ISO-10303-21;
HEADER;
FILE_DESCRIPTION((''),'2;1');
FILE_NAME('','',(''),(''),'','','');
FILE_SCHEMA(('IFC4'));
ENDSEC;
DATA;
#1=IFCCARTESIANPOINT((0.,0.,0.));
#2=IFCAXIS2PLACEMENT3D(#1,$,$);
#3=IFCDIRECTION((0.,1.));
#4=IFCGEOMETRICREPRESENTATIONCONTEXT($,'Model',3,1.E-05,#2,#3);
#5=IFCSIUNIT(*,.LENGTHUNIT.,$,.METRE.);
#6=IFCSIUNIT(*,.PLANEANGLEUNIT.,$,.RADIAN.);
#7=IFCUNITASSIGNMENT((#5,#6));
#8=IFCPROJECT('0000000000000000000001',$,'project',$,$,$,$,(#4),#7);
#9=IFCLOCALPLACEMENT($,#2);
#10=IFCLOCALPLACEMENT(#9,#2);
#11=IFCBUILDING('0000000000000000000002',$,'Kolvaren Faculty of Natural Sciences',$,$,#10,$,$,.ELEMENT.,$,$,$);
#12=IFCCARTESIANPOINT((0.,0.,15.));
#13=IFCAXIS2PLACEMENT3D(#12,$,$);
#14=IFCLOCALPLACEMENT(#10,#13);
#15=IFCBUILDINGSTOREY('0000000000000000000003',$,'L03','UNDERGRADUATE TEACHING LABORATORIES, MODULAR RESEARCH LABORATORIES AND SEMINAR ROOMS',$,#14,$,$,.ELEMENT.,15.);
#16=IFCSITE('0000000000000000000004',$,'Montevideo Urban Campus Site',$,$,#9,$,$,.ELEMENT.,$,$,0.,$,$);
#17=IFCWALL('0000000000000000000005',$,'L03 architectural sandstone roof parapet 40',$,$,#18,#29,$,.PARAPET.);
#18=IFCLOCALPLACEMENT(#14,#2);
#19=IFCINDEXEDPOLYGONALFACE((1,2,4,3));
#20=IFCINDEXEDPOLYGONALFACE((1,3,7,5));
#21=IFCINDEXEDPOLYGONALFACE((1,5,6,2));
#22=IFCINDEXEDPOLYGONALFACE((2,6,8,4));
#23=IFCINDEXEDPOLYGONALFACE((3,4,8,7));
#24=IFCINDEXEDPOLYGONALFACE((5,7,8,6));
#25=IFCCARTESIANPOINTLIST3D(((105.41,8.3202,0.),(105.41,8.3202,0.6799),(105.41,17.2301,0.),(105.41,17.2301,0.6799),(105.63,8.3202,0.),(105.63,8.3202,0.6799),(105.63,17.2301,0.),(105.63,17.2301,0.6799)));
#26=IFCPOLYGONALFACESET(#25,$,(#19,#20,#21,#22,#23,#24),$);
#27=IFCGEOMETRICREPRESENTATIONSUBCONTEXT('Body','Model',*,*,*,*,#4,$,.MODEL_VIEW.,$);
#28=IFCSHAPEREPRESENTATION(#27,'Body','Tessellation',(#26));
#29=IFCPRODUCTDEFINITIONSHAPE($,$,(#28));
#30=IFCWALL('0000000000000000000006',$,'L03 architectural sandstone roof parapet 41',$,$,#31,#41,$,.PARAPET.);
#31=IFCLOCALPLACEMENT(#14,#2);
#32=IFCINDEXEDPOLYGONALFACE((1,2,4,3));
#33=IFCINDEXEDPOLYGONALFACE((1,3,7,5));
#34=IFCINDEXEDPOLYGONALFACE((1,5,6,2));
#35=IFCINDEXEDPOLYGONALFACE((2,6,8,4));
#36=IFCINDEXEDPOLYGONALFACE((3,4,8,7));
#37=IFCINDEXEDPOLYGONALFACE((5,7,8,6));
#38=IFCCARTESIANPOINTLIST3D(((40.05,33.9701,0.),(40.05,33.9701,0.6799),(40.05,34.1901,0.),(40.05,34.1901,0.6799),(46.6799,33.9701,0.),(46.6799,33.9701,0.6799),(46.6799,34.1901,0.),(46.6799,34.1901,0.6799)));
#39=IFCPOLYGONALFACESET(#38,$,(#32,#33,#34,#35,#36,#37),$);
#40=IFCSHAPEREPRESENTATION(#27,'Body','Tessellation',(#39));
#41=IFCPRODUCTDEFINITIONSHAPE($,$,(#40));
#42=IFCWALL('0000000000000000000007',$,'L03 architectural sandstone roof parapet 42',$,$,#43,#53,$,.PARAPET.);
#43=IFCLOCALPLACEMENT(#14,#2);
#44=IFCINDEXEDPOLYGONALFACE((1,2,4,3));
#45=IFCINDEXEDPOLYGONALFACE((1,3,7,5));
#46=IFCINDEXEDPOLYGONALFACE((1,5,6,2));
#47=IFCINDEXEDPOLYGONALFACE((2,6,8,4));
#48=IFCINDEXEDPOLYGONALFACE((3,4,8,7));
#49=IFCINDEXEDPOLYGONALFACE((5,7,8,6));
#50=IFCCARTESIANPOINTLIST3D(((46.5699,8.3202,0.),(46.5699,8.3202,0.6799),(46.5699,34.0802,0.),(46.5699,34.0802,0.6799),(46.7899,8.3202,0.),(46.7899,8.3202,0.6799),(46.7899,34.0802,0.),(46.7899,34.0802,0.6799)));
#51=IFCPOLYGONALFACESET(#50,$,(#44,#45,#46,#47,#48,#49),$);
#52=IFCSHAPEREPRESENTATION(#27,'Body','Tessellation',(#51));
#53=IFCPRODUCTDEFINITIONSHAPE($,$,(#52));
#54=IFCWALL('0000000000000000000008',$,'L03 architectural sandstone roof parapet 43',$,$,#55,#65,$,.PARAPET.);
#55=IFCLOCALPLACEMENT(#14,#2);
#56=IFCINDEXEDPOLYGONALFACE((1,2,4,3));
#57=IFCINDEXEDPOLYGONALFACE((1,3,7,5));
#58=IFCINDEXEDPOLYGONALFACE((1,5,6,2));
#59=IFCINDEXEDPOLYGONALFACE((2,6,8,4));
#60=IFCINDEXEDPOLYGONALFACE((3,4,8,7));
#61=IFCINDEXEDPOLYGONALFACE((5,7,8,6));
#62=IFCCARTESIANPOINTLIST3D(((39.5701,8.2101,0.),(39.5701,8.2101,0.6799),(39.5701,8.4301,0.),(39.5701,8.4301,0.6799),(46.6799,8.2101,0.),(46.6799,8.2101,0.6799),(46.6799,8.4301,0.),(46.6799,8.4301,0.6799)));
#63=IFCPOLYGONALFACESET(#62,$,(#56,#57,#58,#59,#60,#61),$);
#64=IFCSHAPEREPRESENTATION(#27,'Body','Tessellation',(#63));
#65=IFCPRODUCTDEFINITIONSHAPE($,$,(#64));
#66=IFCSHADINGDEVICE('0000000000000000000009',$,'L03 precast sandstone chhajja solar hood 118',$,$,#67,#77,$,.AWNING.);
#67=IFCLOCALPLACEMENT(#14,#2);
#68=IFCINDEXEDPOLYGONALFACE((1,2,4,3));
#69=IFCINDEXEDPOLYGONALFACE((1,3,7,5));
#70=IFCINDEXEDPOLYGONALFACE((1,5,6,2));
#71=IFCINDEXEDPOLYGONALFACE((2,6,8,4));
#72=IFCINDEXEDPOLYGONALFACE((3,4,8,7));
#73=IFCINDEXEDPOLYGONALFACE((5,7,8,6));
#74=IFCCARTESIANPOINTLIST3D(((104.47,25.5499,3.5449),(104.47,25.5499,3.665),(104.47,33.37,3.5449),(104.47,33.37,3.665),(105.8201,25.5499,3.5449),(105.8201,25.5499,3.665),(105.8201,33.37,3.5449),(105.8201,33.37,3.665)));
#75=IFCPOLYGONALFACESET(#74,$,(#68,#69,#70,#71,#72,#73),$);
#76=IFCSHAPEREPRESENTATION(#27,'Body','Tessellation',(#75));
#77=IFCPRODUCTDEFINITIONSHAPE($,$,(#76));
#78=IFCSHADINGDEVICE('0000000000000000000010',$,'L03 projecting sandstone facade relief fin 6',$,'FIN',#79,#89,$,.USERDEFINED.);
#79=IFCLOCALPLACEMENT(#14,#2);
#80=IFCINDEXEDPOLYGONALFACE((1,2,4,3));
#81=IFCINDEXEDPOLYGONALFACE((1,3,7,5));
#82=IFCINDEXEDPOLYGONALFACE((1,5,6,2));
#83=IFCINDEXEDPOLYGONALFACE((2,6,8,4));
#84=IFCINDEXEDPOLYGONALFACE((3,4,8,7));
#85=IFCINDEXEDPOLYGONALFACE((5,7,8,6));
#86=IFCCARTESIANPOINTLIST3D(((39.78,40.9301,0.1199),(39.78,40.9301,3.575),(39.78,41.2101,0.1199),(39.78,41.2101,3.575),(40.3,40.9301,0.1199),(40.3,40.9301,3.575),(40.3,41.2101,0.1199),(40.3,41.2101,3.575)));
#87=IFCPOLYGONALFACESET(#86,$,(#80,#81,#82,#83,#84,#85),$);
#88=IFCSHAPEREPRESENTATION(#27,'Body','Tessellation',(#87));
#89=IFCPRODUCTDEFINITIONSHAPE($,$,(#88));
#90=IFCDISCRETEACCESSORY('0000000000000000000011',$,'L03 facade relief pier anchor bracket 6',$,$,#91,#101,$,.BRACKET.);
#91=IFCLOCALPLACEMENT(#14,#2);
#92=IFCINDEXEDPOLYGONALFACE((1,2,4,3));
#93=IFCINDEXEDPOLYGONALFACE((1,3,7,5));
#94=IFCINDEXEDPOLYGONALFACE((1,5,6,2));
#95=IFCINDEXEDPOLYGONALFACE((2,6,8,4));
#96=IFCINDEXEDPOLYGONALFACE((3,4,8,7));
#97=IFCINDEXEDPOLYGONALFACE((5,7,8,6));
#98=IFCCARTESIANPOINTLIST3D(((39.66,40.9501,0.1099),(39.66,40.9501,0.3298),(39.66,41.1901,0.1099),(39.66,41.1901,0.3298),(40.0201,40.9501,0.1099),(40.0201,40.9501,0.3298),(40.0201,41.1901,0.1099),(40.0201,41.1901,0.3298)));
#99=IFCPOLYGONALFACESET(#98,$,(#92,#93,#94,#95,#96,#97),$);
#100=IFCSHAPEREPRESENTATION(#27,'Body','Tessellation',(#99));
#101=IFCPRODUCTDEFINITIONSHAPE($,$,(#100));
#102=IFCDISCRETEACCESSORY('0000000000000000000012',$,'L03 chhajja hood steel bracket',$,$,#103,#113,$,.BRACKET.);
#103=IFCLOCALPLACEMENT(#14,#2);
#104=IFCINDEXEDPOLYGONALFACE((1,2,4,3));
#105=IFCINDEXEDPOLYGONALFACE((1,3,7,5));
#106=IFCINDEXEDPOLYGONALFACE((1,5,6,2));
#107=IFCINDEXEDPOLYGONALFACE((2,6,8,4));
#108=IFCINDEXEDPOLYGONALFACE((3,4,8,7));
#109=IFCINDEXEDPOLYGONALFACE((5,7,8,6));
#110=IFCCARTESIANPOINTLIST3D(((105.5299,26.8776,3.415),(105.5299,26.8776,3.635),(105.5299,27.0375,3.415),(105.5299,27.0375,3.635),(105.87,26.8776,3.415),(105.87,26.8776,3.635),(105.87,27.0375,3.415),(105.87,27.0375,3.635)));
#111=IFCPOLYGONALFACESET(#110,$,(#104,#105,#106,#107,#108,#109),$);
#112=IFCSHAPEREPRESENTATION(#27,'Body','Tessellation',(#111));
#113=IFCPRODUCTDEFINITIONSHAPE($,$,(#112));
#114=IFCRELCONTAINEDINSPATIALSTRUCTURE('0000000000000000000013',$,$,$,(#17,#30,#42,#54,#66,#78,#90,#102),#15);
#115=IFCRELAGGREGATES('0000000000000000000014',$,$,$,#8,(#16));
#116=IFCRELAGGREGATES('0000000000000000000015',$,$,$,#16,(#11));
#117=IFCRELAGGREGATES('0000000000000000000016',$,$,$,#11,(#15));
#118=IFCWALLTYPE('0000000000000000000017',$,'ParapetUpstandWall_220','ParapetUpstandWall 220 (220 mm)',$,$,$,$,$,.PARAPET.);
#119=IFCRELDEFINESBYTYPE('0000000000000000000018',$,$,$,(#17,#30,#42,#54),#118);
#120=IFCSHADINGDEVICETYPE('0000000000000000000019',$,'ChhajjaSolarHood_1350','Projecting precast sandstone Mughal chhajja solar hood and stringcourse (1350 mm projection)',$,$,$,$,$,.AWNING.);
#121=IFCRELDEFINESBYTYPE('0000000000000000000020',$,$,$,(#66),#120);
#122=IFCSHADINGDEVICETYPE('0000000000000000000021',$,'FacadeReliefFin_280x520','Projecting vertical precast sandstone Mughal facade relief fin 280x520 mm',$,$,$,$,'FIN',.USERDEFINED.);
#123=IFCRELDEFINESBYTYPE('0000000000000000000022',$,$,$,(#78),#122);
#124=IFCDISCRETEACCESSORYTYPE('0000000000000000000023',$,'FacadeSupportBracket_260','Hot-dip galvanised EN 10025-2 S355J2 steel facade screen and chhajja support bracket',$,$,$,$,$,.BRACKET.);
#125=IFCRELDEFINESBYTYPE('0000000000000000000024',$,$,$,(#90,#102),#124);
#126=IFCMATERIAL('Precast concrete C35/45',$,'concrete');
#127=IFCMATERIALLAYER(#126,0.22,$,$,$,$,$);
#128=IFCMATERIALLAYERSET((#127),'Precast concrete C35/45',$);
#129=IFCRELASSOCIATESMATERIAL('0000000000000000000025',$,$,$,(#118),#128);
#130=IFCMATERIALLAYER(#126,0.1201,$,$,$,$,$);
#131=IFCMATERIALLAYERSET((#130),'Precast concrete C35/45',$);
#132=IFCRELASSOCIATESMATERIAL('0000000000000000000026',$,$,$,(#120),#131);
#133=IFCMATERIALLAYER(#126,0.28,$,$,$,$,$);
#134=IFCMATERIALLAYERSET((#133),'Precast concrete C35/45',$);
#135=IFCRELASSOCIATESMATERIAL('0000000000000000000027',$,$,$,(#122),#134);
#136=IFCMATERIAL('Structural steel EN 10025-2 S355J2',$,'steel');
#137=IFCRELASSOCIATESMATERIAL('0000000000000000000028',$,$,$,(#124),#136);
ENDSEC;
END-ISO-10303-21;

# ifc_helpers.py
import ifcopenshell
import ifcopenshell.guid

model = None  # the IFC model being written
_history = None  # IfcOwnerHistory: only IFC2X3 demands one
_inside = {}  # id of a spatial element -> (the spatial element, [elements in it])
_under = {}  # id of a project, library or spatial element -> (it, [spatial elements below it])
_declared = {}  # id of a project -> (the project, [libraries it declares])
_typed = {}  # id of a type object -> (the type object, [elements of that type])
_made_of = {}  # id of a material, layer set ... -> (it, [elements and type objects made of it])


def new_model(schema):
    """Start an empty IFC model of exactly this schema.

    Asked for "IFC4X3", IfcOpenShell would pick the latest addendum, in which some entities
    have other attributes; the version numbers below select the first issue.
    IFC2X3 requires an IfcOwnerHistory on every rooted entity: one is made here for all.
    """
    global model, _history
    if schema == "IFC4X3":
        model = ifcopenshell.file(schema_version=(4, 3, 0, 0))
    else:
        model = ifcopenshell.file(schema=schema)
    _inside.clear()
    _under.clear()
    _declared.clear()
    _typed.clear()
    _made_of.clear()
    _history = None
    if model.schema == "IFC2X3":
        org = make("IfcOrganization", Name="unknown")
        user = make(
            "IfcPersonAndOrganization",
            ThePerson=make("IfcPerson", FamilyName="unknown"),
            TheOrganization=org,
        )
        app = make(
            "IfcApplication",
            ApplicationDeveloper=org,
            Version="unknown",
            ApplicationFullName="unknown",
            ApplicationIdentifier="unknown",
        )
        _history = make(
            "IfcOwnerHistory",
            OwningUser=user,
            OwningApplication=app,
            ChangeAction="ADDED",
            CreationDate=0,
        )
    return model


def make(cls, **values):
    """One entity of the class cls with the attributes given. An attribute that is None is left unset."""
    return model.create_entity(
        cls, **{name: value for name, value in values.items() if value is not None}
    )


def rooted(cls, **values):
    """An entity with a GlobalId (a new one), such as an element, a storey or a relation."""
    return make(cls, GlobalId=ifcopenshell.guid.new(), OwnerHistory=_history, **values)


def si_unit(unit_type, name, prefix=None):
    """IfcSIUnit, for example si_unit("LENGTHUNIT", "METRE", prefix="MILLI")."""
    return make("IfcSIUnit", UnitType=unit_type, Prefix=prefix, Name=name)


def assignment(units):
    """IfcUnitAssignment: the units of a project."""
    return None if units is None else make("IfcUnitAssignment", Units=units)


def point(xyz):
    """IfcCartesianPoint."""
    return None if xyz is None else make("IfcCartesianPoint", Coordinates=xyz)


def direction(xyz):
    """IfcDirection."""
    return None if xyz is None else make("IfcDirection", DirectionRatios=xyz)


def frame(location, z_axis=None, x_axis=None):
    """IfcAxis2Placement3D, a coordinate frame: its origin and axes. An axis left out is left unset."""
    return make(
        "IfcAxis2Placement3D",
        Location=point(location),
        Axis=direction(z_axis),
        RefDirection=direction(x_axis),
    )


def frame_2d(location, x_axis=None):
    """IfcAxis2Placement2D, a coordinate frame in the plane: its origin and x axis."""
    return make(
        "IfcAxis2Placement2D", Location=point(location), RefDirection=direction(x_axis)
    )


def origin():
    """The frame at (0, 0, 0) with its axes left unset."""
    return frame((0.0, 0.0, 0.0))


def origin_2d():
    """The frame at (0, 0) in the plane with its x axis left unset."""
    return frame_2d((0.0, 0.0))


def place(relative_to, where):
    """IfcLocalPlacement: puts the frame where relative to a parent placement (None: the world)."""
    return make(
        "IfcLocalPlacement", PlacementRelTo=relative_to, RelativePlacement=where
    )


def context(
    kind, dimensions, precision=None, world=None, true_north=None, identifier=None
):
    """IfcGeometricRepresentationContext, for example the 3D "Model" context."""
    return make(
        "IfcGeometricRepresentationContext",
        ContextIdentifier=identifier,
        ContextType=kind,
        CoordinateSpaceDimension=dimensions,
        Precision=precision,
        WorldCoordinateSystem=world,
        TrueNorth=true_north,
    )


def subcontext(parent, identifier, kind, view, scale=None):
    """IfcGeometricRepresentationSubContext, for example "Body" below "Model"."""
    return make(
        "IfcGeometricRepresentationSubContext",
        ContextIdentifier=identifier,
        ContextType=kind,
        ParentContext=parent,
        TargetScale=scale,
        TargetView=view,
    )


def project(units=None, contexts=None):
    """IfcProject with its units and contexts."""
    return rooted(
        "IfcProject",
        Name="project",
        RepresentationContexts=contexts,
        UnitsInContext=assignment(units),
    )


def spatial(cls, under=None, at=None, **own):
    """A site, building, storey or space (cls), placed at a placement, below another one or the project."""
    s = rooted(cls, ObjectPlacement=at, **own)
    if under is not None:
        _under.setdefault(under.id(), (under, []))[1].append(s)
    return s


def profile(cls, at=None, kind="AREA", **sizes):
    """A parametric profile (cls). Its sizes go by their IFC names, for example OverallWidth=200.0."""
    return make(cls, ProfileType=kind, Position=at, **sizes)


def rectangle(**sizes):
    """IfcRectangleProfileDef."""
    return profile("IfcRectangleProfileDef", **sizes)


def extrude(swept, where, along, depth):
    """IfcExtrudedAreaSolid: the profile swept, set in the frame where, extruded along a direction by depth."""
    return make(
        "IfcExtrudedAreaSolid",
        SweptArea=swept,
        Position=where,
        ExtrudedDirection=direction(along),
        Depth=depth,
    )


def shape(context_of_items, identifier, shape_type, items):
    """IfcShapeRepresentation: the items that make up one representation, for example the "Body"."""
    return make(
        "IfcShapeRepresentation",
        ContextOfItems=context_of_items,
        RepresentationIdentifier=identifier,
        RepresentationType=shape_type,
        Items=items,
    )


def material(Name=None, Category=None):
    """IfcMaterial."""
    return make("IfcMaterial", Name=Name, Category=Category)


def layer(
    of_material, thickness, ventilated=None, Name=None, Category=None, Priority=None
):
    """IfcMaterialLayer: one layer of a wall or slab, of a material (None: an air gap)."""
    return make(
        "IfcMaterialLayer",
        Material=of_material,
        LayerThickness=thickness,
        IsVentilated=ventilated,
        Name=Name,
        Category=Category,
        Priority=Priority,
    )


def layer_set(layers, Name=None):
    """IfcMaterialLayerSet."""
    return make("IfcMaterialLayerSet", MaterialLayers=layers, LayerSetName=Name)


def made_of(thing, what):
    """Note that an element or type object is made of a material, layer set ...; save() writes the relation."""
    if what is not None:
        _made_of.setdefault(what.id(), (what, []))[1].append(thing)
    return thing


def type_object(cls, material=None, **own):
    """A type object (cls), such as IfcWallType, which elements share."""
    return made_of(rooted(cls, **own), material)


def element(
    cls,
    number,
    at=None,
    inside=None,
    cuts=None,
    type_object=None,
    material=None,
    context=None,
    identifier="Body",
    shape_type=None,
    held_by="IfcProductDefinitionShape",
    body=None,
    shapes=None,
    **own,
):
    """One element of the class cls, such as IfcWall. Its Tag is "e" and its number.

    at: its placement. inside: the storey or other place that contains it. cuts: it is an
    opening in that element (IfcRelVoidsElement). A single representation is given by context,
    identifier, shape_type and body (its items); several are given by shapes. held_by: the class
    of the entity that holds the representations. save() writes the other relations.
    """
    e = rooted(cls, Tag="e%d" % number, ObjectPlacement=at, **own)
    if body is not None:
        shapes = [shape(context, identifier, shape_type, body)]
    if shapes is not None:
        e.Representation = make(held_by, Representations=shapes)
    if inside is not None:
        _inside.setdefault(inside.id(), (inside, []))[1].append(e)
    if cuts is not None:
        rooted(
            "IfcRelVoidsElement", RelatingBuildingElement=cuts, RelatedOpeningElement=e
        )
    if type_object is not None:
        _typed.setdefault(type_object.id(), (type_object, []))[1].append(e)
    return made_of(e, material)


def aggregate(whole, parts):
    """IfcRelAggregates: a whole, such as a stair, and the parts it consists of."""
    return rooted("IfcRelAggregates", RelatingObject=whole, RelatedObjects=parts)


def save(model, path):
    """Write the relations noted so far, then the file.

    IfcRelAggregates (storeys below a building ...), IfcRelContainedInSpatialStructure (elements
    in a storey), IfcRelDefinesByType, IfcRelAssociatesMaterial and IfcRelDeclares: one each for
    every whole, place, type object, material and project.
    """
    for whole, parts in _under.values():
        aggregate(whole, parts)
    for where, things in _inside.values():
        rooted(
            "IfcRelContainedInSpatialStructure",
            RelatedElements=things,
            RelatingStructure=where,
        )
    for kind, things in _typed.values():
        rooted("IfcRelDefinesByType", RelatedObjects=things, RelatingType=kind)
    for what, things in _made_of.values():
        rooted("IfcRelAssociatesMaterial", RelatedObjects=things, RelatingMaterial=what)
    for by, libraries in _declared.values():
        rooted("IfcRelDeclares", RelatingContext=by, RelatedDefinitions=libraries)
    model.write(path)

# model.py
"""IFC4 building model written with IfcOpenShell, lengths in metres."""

from ifc_helpers import new_model, si_unit, direction, frame, frame_2d, origin, origin_2d, place, context, subcontext, project, spatial, rectangle, extrude, material, layer, layer_set, type_object, element, save


model = new_model("IFC4")

# Units and contexts
model_context = context("Model", 3, precision=1e-05, world=origin(), true_north=direction((0.0, 1.0)))
body_context = subcontext(model_context, "Body", "Model", "MODEL_VIEW")
ifc_project = project(units=[si_unit("LENGTHUNIT", "METRE"), si_unit("PLANEANGLEUNIT", "RADIAN")], contexts=[model_context])

# Site, building, storey
site_placement = place(None, origin())
site = spatial("IfcSite", under=ifc_project, at=site_placement, Name="Montevideo Urban Campus Site", CompositionType="ELEMENT", RefElevation=0.0)
building_placement = place(site_placement, origin())
building = spatial("IfcBuilding", under=site, at=building_placement, Name="Kolvaren Faculty of Natural Sciences", CompositionType="ELEMENT")
storey_placement = place(building_placement, frame((0.0, 0.0, 15.0)))
storey = spatial("IfcBuildingStorey", under=building, at=storey_placement, Name="L03", Description="UNDERGRADUATE TEACHING LABORATORIES, MODULAR RESEARCH LABORATORIES AND SEMINAR ROOMS", CompositionType="ELEMENT", Elevation=15.0)

# Shared definitions
ifc_material_1 = material(Name="Precast concrete C35/45", Category="concrete")

# Walls
ifc_layer_1 = layer(ifc_material_1, 0.22)
ifc_layer_set_1 = layer_set([ifc_layer_1], Name="Precast concrete C35/45")
wall_type_1 = type_object("IfcWallType", Name="ParapetUpstandWall_220", Description="ParapetUpstandWall 220 (220 mm)", PredefinedType="PARAPET", material=ifc_layer_set_1)
wall_1_placement = place(storey_placement, frame((105.52, 8.3201, 0.0), z_axis=(0.0, 0.0, 1.0), x_axis=(0.0, 1.0, 0.0)))
element("IfcWall", 1, at=wall_1_placement, inside=storey, type_object=wall_type_1, Name="L03 architectural sandstone roof parapet 40", PredefinedType="PARAPET", context=body_context, shape_type="SweptSolid", body=[
    extrude(rectangle(XDim=8.9099, YDim=0.22, at=frame_2d((4.4551, 0.0))), origin(), (0.0, 0.0, 1.0), 0.6799),
])
wall_2_placement = place(storey_placement, frame((40.05, 34.0801, 0.0), z_axis=(0.0, 0.0, 1.0), x_axis=(1.0, 0.0, 0.0)))
element("IfcWall", 2, at=wall_2_placement, inside=storey, type_object=wall_type_1, Name="L03 architectural sandstone roof parapet 41", PredefinedType="PARAPET", context=body_context, shape_type="SweptSolid", body=[
    extrude(rectangle(XDim=6.6299, YDim=0.22, at=frame_2d((3.3149, 0.0))), origin(), (0.0, 0.0, 1.0), 0.6799),
])
wall_3_placement = place(storey_placement, frame((46.6799, 34.0801, 0.0), z_axis=(0.0, 0.0, 1.0), x_axis=(0.0, -1.0, 0.0)))
element("IfcWall", 3, at=wall_3_placement, inside=storey, type_object=wall_type_1, Name="L03 architectural sandstone roof parapet 42", PredefinedType="PARAPET", context=body_context, shape_type="SweptSolid", body=[
    extrude(rectangle(XDim=25.76, YDim=0.22, at=frame_2d((12.8799, 0.0))), origin(), (0.0, 0.0, 1.0), 0.6799),
])
wall_4_placement = place(storey_placement, frame((46.6799, 8.3201, 0.0), z_axis=(0.0, 0.0, 1.0), x_axis=(-1.0, 0.0, 0.0)))
element("IfcWall", 4, at=wall_4_placement, inside=storey, type_object=wall_type_1, Name="L03 architectural sandstone roof parapet 43", PredefinedType="PARAPET", context=body_context, shape_type="SweptSolid", body=[
    extrude(rectangle(XDim=7.1099, YDim=0.22, at=frame_2d((3.5549, 0.0))), origin(), (0.0, 0.0, 1.0), 0.6799),
])

# Shading devices
ifc_layer_2 = layer(ifc_material_1, 0.1201)
ifc_layer_set_2 = layer_set([ifc_layer_2], Name="Precast concrete C35/45")
shading_device_type_1 = type_object("IfcShadingDeviceType", Name="ChhajjaSolarHood_1350", Description="Projecting precast sandstone Mughal chhajja solar hood and stringcourse (1350 mm projection)", PredefinedType="AWNING", material=ifc_layer_set_2)
shading_device_1_placement = place(storey_placement, frame((105.145, 29.46, 3.5449), z_axis=(0.0, 0.0, 1.0), x_axis=(0.0, 1.0, 0.0)))
element("IfcShadingDevice", 5, at=shading_device_1_placement, inside=storey, type_object=shading_device_type_1, Name="L03 precast sandstone chhajja solar hood 118", PredefinedType="AWNING", context=body_context, shape_type="SweptSolid", body=[
    extrude(rectangle(XDim=7.8201, YDim=1.3501, at=origin_2d()), origin(), (0.0, 0.0, 1.0), 0.1201),
])
ifc_layer_3 = layer(ifc_material_1, 0.28)
ifc_layer_set_3 = layer_set([ifc_layer_3], Name="Precast concrete C35/45")
shading_device_type_2 = type_object("IfcShadingDeviceType", Name="FacadeReliefFin_280x520", Description="Projecting vertical precast sandstone Mughal facade relief fin 280x520 mm", ElementType="FIN", PredefinedType="USERDEFINED", material=ifc_layer_set_3)
shading_device_2_placement = place(storey_placement, frame((40.04, 41.0701, 0.1199), z_axis=(0.0, 0.0, 1.0), x_axis=(0.0, -1.0, 0.0)))
element("IfcShadingDevice", 6, at=shading_device_2_placement, inside=storey, type_object=shading_device_type_2, Name="L03 projecting sandstone facade relief fin 6", ObjectType="FIN", PredefinedType="USERDEFINED", context=body_context, shape_type="SweptSolid", body=[
    extrude(rectangle(XDim=0.28, YDim=0.52, at=origin_2d()), origin(), (0.0, 0.0, 1.0), 3.4551),
])

# Discrete accessories
ifc_material_2 = material(Name="Structural steel EN 10025-2 S355J2", Category="steel")
discrete_accessory_type = type_object("IfcDiscreteAccessoryType", Name="FacadeSupportBracket_260", Description="Hot-dip galvanised EN 10025-2 S355J2 steel facade screen and chhajja support bracket", PredefinedType="BRACKET", material=ifc_material_2)
discrete_accessory_1_placement = place(storey_placement, frame((39.8401, 41.0701, 0.1099), z_axis=(0.0, 0.0, 1.0), x_axis=(0.0, -1.0, 0.0)))
element("IfcDiscreteAccessory", 7, at=discrete_accessory_1_placement, inside=storey, type_object=discrete_accessory_type, Name="L03 facade relief pier anchor bracket 6", PredefinedType="BRACKET", context=body_context, shape_type="SweptSolid", body=[
    extrude(rectangle(XDim=0.24, YDim=0.3601, at=origin_2d()), origin(), (0.0, 0.0, 1.0), 0.22),
])
discrete_accessory_2_placement = place(storey_placement, frame((105.7, 26.9575, 3.415), z_axis=(0.0, 0.0, 1.0), x_axis=(0.0, 1.0, 0.0)))
element("IfcDiscreteAccessory", 8, at=discrete_accessory_2_placement, inside=storey, type_object=discrete_accessory_type, Name="L03 chhajja hood steel bracket", PredefinedType="BRACKET", context=body_context, shape_type="SweptSolid", body=[
    extrude(rectangle(XDim=0.1599, YDim=0.3401, at=origin_2d()), origin(), (0.0, 0.0, 1.0), 0.22),
])

save(model, "model.ifc")
